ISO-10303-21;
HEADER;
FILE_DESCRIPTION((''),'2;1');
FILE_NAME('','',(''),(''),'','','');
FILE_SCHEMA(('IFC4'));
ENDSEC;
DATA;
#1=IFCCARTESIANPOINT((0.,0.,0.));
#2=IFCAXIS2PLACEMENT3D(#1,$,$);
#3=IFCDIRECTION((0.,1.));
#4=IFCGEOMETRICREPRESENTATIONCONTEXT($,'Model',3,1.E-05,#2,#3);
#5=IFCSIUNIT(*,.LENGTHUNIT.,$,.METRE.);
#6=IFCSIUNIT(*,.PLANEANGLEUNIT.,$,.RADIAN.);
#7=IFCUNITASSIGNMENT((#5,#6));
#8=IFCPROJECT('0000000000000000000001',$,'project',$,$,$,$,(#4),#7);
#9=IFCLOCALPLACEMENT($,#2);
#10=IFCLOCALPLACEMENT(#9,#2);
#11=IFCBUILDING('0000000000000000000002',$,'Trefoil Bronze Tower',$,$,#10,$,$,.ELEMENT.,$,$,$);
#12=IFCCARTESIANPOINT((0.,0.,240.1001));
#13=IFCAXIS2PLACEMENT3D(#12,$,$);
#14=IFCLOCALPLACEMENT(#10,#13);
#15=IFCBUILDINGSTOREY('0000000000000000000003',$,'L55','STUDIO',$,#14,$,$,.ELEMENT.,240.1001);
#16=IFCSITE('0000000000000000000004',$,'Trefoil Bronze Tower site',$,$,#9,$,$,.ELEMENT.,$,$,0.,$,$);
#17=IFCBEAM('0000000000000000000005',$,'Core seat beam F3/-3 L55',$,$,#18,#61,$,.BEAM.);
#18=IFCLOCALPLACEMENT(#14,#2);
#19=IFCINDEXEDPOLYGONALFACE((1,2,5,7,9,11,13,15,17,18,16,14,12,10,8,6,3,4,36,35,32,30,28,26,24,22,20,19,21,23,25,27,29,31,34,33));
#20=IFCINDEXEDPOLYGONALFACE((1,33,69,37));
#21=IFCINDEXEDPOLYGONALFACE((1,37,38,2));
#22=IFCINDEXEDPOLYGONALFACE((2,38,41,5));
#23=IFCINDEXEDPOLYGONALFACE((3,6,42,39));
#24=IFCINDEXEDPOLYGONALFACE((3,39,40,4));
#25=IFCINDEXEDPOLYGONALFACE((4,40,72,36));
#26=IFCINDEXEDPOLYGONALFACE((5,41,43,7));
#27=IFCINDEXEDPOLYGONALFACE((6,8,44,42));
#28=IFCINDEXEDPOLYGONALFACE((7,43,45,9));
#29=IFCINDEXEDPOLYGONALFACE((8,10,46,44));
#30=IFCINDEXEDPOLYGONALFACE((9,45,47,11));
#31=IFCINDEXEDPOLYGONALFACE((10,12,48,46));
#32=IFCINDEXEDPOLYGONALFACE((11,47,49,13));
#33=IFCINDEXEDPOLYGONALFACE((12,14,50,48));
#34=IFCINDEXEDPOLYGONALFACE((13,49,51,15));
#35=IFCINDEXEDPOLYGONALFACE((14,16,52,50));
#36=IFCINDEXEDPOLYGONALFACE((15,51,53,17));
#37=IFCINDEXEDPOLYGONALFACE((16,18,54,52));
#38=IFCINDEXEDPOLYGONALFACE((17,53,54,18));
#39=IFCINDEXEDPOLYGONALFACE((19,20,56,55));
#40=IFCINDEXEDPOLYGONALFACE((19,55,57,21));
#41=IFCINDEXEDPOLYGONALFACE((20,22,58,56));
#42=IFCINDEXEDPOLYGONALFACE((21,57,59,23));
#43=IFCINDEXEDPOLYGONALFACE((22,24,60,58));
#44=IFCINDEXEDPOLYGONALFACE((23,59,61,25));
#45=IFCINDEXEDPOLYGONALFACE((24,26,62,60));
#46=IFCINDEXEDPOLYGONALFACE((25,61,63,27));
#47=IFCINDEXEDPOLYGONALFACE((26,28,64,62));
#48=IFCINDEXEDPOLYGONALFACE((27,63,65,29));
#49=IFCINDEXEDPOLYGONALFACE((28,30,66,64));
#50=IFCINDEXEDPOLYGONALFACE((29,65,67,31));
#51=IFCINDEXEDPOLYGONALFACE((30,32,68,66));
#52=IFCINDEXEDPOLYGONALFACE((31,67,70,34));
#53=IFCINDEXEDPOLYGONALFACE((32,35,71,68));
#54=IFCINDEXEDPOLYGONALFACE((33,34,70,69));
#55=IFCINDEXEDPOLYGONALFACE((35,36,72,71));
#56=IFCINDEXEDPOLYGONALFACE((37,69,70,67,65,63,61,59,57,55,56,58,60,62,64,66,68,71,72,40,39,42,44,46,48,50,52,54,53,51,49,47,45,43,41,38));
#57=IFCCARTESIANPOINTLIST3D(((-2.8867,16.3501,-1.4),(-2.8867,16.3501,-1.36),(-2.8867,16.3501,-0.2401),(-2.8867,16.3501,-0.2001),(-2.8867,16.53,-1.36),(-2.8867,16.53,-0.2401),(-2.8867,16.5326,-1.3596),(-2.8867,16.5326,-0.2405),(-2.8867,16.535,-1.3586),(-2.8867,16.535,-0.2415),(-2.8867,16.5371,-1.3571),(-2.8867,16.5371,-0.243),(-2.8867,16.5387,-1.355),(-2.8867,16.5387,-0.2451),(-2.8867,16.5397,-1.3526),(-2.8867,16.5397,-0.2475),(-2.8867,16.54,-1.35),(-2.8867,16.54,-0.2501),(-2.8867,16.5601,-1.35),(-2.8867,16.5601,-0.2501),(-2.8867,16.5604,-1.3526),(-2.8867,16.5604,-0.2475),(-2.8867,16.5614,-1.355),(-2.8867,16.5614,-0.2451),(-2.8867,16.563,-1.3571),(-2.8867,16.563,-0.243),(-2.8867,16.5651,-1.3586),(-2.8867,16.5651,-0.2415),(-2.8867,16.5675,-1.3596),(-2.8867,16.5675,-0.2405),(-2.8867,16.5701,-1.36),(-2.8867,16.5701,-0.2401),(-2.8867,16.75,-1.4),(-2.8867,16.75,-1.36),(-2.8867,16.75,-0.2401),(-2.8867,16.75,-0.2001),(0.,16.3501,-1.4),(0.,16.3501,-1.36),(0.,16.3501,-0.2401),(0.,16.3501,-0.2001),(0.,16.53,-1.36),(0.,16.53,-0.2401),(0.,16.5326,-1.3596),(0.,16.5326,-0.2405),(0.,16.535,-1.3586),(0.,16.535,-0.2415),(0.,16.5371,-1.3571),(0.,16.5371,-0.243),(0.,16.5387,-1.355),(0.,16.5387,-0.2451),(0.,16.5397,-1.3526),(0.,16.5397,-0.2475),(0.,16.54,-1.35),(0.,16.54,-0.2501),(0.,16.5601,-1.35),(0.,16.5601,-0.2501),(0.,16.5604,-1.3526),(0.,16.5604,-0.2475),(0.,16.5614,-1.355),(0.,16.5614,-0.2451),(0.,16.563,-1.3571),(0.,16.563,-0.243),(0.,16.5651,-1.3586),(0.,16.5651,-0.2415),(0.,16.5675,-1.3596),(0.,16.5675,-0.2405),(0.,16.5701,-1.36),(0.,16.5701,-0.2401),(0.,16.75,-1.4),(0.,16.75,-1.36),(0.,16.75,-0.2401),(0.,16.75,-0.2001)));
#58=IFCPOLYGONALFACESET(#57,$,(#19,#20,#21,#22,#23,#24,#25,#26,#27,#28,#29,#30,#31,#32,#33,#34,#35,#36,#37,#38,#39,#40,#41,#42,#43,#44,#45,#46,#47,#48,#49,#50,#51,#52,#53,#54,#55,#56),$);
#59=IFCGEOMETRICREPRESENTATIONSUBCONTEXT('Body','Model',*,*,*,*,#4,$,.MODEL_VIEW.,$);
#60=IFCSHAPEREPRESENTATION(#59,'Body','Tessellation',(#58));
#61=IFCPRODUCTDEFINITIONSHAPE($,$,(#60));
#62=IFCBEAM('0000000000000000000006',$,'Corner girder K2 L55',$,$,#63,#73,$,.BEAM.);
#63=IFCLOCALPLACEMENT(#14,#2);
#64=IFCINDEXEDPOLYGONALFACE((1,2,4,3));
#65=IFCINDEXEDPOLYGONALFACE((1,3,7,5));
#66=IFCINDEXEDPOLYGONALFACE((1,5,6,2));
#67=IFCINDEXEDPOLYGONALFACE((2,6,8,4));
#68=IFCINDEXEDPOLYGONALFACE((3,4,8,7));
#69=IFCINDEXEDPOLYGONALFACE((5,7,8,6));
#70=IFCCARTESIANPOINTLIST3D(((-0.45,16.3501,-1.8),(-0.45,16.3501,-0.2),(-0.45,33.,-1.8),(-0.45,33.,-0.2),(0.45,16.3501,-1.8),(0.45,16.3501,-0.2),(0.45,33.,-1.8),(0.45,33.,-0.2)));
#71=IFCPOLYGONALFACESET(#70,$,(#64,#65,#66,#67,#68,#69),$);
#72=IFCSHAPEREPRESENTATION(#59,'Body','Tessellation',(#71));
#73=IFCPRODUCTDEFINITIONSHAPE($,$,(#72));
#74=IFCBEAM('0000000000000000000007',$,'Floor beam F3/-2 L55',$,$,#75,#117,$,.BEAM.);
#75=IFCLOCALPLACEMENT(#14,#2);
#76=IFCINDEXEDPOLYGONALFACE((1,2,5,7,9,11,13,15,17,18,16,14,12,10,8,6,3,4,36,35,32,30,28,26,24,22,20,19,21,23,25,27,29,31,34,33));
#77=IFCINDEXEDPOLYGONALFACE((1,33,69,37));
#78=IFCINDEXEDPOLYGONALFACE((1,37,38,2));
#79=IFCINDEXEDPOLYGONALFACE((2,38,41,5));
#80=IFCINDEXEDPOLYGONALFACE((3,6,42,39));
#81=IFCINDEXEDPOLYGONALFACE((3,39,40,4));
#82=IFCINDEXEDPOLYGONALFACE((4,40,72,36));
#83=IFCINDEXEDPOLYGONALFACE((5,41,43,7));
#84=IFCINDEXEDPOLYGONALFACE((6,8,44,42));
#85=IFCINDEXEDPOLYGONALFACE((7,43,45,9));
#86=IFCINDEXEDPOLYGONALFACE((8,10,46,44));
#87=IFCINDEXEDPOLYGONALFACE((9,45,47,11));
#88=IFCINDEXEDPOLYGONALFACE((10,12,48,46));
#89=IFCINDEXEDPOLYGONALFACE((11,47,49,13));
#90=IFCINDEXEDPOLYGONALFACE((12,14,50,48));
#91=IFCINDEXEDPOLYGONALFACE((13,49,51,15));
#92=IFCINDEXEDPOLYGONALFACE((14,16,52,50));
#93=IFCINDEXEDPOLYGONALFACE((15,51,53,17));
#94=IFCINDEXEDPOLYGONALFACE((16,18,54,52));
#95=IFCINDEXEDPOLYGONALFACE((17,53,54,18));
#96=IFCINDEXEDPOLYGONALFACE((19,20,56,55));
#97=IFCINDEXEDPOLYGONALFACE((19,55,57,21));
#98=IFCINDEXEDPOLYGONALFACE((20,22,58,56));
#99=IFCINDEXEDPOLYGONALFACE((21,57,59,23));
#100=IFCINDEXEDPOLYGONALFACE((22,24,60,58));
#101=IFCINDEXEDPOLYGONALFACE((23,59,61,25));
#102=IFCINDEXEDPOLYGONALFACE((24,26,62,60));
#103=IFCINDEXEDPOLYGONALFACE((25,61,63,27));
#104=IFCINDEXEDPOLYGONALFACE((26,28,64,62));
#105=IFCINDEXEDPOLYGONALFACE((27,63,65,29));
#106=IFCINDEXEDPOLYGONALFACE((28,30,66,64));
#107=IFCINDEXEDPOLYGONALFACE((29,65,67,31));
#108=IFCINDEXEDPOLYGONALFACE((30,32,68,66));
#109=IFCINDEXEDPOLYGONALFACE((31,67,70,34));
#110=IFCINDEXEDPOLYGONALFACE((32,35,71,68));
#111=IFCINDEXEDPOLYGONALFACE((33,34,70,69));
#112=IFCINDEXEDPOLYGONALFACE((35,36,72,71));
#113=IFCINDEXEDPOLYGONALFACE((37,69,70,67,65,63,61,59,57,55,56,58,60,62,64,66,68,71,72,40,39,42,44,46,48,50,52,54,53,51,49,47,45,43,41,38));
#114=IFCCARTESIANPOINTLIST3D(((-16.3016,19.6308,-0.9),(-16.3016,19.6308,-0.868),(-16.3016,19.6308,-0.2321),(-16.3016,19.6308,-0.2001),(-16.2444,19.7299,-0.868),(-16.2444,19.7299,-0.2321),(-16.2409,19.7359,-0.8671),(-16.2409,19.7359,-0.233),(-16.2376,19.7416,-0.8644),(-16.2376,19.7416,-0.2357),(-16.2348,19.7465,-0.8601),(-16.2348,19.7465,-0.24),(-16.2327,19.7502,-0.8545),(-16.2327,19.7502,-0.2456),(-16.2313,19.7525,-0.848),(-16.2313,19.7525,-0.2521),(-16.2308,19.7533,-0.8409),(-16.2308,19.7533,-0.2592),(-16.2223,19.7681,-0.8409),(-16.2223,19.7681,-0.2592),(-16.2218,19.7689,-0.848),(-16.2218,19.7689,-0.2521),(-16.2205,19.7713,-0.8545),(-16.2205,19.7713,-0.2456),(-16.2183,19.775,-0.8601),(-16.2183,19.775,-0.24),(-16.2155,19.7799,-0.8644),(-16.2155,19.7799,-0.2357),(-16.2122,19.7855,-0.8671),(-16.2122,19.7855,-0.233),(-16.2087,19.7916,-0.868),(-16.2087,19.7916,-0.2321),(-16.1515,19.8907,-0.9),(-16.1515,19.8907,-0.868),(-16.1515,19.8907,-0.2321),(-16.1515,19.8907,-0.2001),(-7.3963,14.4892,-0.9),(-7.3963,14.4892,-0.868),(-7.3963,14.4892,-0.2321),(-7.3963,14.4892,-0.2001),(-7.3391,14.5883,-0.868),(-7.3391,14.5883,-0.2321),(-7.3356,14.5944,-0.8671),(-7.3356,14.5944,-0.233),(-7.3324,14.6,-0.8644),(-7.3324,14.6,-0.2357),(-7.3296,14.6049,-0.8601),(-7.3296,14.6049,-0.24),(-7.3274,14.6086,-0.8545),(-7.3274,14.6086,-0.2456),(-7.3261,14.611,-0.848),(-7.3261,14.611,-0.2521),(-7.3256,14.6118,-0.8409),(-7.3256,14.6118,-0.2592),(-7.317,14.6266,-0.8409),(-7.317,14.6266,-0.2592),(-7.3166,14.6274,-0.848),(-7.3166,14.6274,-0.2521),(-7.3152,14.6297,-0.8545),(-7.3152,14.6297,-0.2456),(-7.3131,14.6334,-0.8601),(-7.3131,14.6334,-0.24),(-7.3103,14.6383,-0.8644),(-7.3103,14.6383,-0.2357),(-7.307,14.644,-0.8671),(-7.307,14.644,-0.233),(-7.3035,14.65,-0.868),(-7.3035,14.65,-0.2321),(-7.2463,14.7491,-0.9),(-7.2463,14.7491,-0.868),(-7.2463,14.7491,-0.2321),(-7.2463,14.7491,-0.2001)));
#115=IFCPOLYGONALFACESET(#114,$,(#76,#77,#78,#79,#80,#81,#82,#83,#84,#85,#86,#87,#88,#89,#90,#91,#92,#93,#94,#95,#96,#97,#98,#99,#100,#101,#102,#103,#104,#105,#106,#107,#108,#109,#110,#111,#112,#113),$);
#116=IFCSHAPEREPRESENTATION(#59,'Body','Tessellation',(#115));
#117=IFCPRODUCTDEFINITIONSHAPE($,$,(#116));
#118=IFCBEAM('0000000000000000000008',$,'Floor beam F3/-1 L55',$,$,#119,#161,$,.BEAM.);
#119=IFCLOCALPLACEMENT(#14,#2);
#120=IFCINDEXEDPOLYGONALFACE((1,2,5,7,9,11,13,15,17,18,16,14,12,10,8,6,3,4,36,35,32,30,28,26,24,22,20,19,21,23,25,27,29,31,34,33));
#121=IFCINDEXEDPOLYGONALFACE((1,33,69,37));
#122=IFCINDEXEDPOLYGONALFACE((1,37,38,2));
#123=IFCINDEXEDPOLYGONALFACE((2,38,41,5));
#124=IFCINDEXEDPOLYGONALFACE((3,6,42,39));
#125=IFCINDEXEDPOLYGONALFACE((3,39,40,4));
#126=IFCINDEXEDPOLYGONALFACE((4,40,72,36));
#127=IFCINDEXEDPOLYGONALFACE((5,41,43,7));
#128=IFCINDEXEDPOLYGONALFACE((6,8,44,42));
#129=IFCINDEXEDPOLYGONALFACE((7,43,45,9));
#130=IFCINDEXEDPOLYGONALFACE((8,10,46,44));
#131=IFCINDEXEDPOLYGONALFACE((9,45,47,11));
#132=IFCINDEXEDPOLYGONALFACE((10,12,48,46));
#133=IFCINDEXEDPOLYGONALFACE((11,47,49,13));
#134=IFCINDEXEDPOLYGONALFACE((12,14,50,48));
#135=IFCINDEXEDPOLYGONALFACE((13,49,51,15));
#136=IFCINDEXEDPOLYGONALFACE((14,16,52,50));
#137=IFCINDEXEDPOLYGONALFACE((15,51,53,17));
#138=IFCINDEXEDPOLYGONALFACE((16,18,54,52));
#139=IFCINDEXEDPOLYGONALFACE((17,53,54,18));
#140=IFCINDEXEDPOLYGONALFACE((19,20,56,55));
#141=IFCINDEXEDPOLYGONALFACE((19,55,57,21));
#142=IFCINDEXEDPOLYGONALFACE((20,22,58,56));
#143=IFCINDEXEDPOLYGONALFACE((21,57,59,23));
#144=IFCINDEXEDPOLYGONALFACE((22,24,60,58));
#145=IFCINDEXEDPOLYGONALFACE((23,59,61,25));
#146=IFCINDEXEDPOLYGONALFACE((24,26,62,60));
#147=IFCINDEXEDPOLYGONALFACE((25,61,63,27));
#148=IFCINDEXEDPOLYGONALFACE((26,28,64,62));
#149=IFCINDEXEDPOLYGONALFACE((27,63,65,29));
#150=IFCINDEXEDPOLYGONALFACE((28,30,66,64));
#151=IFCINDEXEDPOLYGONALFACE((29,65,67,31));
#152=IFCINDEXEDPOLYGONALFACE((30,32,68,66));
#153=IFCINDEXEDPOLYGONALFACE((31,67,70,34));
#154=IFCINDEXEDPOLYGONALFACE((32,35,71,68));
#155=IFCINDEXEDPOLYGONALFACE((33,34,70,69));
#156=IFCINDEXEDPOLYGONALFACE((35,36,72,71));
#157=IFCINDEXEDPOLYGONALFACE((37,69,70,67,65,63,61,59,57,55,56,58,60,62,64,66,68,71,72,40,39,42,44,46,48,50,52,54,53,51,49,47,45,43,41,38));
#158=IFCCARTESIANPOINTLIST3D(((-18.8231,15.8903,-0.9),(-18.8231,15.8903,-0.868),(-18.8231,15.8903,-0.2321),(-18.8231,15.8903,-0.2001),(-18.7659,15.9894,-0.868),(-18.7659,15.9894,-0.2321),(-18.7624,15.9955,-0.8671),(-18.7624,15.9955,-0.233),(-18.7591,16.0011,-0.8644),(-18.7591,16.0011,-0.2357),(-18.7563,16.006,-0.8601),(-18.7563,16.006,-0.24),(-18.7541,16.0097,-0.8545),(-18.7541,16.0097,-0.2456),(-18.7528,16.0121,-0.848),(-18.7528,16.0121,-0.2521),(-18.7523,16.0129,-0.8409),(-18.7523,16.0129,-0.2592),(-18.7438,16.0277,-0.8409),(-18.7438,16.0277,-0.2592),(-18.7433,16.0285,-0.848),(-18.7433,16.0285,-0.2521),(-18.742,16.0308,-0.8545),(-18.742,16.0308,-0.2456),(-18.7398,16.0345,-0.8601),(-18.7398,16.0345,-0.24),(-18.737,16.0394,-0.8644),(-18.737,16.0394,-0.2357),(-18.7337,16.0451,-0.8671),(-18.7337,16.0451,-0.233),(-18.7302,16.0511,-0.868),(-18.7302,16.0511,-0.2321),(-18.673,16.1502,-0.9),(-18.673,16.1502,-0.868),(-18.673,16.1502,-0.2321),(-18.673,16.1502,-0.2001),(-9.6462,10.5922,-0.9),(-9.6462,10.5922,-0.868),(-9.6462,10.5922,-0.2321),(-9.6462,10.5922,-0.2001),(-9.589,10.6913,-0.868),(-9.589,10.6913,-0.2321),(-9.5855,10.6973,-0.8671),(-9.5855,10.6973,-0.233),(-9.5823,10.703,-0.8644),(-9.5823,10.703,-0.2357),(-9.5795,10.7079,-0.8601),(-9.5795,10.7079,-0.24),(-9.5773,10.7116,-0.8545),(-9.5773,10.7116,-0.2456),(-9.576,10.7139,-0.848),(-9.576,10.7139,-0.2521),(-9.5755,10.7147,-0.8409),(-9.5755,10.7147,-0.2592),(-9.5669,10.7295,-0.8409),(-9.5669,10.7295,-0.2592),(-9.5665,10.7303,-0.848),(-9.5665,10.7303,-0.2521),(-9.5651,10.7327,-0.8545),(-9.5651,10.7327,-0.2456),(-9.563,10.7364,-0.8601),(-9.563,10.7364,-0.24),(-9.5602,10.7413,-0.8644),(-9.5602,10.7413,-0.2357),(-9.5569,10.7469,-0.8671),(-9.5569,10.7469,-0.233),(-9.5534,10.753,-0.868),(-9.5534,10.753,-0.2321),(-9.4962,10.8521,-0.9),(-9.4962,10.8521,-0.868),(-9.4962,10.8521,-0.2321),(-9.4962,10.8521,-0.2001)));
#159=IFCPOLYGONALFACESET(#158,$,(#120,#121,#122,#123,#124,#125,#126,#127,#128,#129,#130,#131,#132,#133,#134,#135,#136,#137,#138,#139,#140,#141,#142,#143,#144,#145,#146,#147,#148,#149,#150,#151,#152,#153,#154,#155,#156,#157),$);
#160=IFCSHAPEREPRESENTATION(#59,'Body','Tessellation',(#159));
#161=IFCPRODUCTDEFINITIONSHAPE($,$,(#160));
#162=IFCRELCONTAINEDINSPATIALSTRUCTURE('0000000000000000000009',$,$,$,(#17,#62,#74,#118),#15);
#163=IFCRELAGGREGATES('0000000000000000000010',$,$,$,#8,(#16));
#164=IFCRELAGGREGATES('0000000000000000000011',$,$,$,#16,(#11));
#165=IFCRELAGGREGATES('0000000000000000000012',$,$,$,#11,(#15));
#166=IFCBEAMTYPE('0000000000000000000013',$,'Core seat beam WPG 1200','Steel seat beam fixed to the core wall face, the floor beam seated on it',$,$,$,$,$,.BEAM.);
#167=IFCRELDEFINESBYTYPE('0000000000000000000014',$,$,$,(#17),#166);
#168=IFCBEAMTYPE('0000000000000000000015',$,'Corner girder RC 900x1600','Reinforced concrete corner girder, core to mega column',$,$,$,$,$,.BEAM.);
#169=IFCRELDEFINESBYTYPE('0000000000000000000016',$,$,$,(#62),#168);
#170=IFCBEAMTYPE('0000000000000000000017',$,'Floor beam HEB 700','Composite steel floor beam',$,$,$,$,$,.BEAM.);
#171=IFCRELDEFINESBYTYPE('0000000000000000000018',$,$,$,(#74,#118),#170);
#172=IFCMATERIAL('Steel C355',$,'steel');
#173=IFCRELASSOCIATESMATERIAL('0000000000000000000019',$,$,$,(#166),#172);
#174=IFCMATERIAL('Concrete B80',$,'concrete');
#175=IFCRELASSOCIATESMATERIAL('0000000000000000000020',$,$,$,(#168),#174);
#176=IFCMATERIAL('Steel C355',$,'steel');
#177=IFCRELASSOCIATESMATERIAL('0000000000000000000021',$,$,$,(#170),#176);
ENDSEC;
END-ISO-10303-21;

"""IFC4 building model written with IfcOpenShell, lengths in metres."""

from ifc_helpers import new_model, si_unit, direction, frame, origin, origin_2d, place, context, subcontext, project, spatial, rectangle, i_section, extrude, material, material_profile, profile_set, type_object, element, save


model = new_model("IFC4")

# Units and contexts
model_context = context("Model", 3, precision=1e-05, world=origin(), true_north=direction((0.0, 1.0)))
body_context = subcontext(model_context, "Body", "Model", "MODEL_VIEW")
ifc_project = project(units=[si_unit("LENGTHUNIT", "METRE"), si_unit("PLANEANGLEUNIT", "RADIAN")], contexts=[model_context])

# Site, building, storey
site_placement = place(None, origin())
site = spatial("IfcSite", under=ifc_project, at=site_placement, Name="Trefoil Bronze Tower site", CompositionType="ELEMENT", RefElevation=0.0)
building_placement = place(site_placement, origin())
building = spatial("IfcBuilding", under=site, at=building_placement, Name="Trefoil Bronze Tower", CompositionType="ELEMENT")
storey_placement = place(building_placement, frame((0.0, 0.0, 240.1001)))
storey = spatial("IfcBuildingStorey", under=building, at=storey_placement, Name="L55", Description="STUDIO", CompositionType="ELEMENT", Elevation=240.1001)

# Beams
ifc_material_1 = material(Name="Steel C355", Category="steel")
ifc_material_profile_1 = material_profile(ifc_material_1, i_section(OverallWidth=0.3999, OverallDepth=1.2, WebThickness=0.02, FlangeThickness=0.04, FilletRadius=0.01, at=origin_2d()), Name="WPG 1200")
ifc_profile_set_1 = profile_set([ifc_material_profile_1], Name="Steel C355")
beam_type_1 = type_object("IfcBeamType", Name="Core seat beam WPG 1200", Description="Steel seat beam fixed to the core wall face, the floor beam seated on it", PredefinedType="BEAM", material=ifc_profile_set_1)
beam_1_placement = place(storey_placement, frame((0.0, 16.55, -0.8), z_axis=(-1.0, 0.0, 0.0), x_axis=(0.0, -1.0, 0.0)))
element("IfcBeam", 1, at=beam_1_placement, inside=storey, type_object=beam_type_1, Name="Core seat beam F3/-3 L55", PredefinedType="BEAM", context=body_context, shape_type="SweptSolid", body=[
    extrude(i_section(OverallWidth=0.3999, OverallDepth=1.2, WebThickness=0.02, FlangeThickness=0.04, FilletRadius=0.01, at=origin_2d()), origin(), (0.0, 0.0, 1.0), 2.8867),
])
ifc_material_2 = material(Name="Concrete B80", Category="concrete")
ifc_material_profile_2 = material_profile(ifc_material_2, rectangle(XDim=0.8999, YDim=1.6001, at=origin_2d()), Name="RC 900x1600")
ifc_profile_set_2 = profile_set([ifc_material_profile_2], Name="Concrete B80")
beam_type_2 = type_object("IfcBeamType", Name="Corner girder RC 900x1600", Description="Reinforced concrete corner girder, core to mega column", PredefinedType="BEAM", material=ifc_profile_set_2)
beam_2_placement = place(storey_placement, frame((0.0, 16.3501, -1.0), z_axis=(0.0, 1.0, 0.0), x_axis=(-1.0, 0.0, 0.0)))
element("IfcBeam", 2, at=beam_2_placement, inside=storey, type_object=beam_type_2, Name="Corner girder K2 L55", PredefinedType="BEAM", context=body_context, shape_type="SweptSolid", body=[
    extrude(rectangle(XDim=0.8999, YDim=1.6001, at=origin_2d()), origin(), (0.0, 0.0, 1.0), 16.6499),
])
ifc_material_3 = material(Name="Steel C355", Category="steel")
ifc_material_profile_3 = material_profile(ifc_material_3, i_section(OverallWidth=0.3, OverallDepth=0.7, WebThickness=0.0171, FlangeThickness=0.032, FilletRadius=0.0271, at=origin_2d()), Name="HEB 700")
ifc_profile_set_3 = profile_set([ifc_material_profile_3], Name="Steel C355")
beam_type_3 = type_object("IfcBeamType", Name="Floor beam HEB 700", Description="Composite steel floor beam", PredefinedType="BEAM", material=ifc_profile_set_3)
beam_3_placement = place(storey_placement, frame((-16.2266, 19.7607, -0.55), z_axis=(0.86602, -0.50001, 0.0), x_axis=(0.50001, 0.86602, 0.0)))
element("IfcBeam", 3, at=beam_3_placement, inside=storey, type_object=beam_type_3, Name="Floor beam F3/-2 L55", PredefinedType="BEAM", context=body_context, shape_type="SweptSolid", body=[
    extrude(i_section(OverallWidth=0.3, OverallDepth=0.7, WebThickness=0.0171, FlangeThickness=0.032, FilletRadius=0.0271, at=origin_2d()), origin(), (0.0, 0.0, 1.0), 10.283),
])
beam_4_placement = place(storey_placement, frame((-18.748, 16.0203, -0.55), z_axis=(0.86603, -0.499992, 0.0), x_axis=(0.499992, 0.86603, 0.0)))
element("IfcBeam", 4, at=beam_4_placement, inside=storey, type_object=beam_type_3, Name="Floor beam F3/-1 L55", PredefinedType="BEAM", context=body_context, shape_type="SweptSolid", body=[
    extrude(i_section(OverallWidth=0.3, OverallDepth=0.7, WebThickness=0.0171, FlangeThickness=0.032, FilletRadius=0.0271, at=origin_2d()), origin(), (0.0, 0.0, 1.0), 10.5964),
])

save(model, "model.ifc")
